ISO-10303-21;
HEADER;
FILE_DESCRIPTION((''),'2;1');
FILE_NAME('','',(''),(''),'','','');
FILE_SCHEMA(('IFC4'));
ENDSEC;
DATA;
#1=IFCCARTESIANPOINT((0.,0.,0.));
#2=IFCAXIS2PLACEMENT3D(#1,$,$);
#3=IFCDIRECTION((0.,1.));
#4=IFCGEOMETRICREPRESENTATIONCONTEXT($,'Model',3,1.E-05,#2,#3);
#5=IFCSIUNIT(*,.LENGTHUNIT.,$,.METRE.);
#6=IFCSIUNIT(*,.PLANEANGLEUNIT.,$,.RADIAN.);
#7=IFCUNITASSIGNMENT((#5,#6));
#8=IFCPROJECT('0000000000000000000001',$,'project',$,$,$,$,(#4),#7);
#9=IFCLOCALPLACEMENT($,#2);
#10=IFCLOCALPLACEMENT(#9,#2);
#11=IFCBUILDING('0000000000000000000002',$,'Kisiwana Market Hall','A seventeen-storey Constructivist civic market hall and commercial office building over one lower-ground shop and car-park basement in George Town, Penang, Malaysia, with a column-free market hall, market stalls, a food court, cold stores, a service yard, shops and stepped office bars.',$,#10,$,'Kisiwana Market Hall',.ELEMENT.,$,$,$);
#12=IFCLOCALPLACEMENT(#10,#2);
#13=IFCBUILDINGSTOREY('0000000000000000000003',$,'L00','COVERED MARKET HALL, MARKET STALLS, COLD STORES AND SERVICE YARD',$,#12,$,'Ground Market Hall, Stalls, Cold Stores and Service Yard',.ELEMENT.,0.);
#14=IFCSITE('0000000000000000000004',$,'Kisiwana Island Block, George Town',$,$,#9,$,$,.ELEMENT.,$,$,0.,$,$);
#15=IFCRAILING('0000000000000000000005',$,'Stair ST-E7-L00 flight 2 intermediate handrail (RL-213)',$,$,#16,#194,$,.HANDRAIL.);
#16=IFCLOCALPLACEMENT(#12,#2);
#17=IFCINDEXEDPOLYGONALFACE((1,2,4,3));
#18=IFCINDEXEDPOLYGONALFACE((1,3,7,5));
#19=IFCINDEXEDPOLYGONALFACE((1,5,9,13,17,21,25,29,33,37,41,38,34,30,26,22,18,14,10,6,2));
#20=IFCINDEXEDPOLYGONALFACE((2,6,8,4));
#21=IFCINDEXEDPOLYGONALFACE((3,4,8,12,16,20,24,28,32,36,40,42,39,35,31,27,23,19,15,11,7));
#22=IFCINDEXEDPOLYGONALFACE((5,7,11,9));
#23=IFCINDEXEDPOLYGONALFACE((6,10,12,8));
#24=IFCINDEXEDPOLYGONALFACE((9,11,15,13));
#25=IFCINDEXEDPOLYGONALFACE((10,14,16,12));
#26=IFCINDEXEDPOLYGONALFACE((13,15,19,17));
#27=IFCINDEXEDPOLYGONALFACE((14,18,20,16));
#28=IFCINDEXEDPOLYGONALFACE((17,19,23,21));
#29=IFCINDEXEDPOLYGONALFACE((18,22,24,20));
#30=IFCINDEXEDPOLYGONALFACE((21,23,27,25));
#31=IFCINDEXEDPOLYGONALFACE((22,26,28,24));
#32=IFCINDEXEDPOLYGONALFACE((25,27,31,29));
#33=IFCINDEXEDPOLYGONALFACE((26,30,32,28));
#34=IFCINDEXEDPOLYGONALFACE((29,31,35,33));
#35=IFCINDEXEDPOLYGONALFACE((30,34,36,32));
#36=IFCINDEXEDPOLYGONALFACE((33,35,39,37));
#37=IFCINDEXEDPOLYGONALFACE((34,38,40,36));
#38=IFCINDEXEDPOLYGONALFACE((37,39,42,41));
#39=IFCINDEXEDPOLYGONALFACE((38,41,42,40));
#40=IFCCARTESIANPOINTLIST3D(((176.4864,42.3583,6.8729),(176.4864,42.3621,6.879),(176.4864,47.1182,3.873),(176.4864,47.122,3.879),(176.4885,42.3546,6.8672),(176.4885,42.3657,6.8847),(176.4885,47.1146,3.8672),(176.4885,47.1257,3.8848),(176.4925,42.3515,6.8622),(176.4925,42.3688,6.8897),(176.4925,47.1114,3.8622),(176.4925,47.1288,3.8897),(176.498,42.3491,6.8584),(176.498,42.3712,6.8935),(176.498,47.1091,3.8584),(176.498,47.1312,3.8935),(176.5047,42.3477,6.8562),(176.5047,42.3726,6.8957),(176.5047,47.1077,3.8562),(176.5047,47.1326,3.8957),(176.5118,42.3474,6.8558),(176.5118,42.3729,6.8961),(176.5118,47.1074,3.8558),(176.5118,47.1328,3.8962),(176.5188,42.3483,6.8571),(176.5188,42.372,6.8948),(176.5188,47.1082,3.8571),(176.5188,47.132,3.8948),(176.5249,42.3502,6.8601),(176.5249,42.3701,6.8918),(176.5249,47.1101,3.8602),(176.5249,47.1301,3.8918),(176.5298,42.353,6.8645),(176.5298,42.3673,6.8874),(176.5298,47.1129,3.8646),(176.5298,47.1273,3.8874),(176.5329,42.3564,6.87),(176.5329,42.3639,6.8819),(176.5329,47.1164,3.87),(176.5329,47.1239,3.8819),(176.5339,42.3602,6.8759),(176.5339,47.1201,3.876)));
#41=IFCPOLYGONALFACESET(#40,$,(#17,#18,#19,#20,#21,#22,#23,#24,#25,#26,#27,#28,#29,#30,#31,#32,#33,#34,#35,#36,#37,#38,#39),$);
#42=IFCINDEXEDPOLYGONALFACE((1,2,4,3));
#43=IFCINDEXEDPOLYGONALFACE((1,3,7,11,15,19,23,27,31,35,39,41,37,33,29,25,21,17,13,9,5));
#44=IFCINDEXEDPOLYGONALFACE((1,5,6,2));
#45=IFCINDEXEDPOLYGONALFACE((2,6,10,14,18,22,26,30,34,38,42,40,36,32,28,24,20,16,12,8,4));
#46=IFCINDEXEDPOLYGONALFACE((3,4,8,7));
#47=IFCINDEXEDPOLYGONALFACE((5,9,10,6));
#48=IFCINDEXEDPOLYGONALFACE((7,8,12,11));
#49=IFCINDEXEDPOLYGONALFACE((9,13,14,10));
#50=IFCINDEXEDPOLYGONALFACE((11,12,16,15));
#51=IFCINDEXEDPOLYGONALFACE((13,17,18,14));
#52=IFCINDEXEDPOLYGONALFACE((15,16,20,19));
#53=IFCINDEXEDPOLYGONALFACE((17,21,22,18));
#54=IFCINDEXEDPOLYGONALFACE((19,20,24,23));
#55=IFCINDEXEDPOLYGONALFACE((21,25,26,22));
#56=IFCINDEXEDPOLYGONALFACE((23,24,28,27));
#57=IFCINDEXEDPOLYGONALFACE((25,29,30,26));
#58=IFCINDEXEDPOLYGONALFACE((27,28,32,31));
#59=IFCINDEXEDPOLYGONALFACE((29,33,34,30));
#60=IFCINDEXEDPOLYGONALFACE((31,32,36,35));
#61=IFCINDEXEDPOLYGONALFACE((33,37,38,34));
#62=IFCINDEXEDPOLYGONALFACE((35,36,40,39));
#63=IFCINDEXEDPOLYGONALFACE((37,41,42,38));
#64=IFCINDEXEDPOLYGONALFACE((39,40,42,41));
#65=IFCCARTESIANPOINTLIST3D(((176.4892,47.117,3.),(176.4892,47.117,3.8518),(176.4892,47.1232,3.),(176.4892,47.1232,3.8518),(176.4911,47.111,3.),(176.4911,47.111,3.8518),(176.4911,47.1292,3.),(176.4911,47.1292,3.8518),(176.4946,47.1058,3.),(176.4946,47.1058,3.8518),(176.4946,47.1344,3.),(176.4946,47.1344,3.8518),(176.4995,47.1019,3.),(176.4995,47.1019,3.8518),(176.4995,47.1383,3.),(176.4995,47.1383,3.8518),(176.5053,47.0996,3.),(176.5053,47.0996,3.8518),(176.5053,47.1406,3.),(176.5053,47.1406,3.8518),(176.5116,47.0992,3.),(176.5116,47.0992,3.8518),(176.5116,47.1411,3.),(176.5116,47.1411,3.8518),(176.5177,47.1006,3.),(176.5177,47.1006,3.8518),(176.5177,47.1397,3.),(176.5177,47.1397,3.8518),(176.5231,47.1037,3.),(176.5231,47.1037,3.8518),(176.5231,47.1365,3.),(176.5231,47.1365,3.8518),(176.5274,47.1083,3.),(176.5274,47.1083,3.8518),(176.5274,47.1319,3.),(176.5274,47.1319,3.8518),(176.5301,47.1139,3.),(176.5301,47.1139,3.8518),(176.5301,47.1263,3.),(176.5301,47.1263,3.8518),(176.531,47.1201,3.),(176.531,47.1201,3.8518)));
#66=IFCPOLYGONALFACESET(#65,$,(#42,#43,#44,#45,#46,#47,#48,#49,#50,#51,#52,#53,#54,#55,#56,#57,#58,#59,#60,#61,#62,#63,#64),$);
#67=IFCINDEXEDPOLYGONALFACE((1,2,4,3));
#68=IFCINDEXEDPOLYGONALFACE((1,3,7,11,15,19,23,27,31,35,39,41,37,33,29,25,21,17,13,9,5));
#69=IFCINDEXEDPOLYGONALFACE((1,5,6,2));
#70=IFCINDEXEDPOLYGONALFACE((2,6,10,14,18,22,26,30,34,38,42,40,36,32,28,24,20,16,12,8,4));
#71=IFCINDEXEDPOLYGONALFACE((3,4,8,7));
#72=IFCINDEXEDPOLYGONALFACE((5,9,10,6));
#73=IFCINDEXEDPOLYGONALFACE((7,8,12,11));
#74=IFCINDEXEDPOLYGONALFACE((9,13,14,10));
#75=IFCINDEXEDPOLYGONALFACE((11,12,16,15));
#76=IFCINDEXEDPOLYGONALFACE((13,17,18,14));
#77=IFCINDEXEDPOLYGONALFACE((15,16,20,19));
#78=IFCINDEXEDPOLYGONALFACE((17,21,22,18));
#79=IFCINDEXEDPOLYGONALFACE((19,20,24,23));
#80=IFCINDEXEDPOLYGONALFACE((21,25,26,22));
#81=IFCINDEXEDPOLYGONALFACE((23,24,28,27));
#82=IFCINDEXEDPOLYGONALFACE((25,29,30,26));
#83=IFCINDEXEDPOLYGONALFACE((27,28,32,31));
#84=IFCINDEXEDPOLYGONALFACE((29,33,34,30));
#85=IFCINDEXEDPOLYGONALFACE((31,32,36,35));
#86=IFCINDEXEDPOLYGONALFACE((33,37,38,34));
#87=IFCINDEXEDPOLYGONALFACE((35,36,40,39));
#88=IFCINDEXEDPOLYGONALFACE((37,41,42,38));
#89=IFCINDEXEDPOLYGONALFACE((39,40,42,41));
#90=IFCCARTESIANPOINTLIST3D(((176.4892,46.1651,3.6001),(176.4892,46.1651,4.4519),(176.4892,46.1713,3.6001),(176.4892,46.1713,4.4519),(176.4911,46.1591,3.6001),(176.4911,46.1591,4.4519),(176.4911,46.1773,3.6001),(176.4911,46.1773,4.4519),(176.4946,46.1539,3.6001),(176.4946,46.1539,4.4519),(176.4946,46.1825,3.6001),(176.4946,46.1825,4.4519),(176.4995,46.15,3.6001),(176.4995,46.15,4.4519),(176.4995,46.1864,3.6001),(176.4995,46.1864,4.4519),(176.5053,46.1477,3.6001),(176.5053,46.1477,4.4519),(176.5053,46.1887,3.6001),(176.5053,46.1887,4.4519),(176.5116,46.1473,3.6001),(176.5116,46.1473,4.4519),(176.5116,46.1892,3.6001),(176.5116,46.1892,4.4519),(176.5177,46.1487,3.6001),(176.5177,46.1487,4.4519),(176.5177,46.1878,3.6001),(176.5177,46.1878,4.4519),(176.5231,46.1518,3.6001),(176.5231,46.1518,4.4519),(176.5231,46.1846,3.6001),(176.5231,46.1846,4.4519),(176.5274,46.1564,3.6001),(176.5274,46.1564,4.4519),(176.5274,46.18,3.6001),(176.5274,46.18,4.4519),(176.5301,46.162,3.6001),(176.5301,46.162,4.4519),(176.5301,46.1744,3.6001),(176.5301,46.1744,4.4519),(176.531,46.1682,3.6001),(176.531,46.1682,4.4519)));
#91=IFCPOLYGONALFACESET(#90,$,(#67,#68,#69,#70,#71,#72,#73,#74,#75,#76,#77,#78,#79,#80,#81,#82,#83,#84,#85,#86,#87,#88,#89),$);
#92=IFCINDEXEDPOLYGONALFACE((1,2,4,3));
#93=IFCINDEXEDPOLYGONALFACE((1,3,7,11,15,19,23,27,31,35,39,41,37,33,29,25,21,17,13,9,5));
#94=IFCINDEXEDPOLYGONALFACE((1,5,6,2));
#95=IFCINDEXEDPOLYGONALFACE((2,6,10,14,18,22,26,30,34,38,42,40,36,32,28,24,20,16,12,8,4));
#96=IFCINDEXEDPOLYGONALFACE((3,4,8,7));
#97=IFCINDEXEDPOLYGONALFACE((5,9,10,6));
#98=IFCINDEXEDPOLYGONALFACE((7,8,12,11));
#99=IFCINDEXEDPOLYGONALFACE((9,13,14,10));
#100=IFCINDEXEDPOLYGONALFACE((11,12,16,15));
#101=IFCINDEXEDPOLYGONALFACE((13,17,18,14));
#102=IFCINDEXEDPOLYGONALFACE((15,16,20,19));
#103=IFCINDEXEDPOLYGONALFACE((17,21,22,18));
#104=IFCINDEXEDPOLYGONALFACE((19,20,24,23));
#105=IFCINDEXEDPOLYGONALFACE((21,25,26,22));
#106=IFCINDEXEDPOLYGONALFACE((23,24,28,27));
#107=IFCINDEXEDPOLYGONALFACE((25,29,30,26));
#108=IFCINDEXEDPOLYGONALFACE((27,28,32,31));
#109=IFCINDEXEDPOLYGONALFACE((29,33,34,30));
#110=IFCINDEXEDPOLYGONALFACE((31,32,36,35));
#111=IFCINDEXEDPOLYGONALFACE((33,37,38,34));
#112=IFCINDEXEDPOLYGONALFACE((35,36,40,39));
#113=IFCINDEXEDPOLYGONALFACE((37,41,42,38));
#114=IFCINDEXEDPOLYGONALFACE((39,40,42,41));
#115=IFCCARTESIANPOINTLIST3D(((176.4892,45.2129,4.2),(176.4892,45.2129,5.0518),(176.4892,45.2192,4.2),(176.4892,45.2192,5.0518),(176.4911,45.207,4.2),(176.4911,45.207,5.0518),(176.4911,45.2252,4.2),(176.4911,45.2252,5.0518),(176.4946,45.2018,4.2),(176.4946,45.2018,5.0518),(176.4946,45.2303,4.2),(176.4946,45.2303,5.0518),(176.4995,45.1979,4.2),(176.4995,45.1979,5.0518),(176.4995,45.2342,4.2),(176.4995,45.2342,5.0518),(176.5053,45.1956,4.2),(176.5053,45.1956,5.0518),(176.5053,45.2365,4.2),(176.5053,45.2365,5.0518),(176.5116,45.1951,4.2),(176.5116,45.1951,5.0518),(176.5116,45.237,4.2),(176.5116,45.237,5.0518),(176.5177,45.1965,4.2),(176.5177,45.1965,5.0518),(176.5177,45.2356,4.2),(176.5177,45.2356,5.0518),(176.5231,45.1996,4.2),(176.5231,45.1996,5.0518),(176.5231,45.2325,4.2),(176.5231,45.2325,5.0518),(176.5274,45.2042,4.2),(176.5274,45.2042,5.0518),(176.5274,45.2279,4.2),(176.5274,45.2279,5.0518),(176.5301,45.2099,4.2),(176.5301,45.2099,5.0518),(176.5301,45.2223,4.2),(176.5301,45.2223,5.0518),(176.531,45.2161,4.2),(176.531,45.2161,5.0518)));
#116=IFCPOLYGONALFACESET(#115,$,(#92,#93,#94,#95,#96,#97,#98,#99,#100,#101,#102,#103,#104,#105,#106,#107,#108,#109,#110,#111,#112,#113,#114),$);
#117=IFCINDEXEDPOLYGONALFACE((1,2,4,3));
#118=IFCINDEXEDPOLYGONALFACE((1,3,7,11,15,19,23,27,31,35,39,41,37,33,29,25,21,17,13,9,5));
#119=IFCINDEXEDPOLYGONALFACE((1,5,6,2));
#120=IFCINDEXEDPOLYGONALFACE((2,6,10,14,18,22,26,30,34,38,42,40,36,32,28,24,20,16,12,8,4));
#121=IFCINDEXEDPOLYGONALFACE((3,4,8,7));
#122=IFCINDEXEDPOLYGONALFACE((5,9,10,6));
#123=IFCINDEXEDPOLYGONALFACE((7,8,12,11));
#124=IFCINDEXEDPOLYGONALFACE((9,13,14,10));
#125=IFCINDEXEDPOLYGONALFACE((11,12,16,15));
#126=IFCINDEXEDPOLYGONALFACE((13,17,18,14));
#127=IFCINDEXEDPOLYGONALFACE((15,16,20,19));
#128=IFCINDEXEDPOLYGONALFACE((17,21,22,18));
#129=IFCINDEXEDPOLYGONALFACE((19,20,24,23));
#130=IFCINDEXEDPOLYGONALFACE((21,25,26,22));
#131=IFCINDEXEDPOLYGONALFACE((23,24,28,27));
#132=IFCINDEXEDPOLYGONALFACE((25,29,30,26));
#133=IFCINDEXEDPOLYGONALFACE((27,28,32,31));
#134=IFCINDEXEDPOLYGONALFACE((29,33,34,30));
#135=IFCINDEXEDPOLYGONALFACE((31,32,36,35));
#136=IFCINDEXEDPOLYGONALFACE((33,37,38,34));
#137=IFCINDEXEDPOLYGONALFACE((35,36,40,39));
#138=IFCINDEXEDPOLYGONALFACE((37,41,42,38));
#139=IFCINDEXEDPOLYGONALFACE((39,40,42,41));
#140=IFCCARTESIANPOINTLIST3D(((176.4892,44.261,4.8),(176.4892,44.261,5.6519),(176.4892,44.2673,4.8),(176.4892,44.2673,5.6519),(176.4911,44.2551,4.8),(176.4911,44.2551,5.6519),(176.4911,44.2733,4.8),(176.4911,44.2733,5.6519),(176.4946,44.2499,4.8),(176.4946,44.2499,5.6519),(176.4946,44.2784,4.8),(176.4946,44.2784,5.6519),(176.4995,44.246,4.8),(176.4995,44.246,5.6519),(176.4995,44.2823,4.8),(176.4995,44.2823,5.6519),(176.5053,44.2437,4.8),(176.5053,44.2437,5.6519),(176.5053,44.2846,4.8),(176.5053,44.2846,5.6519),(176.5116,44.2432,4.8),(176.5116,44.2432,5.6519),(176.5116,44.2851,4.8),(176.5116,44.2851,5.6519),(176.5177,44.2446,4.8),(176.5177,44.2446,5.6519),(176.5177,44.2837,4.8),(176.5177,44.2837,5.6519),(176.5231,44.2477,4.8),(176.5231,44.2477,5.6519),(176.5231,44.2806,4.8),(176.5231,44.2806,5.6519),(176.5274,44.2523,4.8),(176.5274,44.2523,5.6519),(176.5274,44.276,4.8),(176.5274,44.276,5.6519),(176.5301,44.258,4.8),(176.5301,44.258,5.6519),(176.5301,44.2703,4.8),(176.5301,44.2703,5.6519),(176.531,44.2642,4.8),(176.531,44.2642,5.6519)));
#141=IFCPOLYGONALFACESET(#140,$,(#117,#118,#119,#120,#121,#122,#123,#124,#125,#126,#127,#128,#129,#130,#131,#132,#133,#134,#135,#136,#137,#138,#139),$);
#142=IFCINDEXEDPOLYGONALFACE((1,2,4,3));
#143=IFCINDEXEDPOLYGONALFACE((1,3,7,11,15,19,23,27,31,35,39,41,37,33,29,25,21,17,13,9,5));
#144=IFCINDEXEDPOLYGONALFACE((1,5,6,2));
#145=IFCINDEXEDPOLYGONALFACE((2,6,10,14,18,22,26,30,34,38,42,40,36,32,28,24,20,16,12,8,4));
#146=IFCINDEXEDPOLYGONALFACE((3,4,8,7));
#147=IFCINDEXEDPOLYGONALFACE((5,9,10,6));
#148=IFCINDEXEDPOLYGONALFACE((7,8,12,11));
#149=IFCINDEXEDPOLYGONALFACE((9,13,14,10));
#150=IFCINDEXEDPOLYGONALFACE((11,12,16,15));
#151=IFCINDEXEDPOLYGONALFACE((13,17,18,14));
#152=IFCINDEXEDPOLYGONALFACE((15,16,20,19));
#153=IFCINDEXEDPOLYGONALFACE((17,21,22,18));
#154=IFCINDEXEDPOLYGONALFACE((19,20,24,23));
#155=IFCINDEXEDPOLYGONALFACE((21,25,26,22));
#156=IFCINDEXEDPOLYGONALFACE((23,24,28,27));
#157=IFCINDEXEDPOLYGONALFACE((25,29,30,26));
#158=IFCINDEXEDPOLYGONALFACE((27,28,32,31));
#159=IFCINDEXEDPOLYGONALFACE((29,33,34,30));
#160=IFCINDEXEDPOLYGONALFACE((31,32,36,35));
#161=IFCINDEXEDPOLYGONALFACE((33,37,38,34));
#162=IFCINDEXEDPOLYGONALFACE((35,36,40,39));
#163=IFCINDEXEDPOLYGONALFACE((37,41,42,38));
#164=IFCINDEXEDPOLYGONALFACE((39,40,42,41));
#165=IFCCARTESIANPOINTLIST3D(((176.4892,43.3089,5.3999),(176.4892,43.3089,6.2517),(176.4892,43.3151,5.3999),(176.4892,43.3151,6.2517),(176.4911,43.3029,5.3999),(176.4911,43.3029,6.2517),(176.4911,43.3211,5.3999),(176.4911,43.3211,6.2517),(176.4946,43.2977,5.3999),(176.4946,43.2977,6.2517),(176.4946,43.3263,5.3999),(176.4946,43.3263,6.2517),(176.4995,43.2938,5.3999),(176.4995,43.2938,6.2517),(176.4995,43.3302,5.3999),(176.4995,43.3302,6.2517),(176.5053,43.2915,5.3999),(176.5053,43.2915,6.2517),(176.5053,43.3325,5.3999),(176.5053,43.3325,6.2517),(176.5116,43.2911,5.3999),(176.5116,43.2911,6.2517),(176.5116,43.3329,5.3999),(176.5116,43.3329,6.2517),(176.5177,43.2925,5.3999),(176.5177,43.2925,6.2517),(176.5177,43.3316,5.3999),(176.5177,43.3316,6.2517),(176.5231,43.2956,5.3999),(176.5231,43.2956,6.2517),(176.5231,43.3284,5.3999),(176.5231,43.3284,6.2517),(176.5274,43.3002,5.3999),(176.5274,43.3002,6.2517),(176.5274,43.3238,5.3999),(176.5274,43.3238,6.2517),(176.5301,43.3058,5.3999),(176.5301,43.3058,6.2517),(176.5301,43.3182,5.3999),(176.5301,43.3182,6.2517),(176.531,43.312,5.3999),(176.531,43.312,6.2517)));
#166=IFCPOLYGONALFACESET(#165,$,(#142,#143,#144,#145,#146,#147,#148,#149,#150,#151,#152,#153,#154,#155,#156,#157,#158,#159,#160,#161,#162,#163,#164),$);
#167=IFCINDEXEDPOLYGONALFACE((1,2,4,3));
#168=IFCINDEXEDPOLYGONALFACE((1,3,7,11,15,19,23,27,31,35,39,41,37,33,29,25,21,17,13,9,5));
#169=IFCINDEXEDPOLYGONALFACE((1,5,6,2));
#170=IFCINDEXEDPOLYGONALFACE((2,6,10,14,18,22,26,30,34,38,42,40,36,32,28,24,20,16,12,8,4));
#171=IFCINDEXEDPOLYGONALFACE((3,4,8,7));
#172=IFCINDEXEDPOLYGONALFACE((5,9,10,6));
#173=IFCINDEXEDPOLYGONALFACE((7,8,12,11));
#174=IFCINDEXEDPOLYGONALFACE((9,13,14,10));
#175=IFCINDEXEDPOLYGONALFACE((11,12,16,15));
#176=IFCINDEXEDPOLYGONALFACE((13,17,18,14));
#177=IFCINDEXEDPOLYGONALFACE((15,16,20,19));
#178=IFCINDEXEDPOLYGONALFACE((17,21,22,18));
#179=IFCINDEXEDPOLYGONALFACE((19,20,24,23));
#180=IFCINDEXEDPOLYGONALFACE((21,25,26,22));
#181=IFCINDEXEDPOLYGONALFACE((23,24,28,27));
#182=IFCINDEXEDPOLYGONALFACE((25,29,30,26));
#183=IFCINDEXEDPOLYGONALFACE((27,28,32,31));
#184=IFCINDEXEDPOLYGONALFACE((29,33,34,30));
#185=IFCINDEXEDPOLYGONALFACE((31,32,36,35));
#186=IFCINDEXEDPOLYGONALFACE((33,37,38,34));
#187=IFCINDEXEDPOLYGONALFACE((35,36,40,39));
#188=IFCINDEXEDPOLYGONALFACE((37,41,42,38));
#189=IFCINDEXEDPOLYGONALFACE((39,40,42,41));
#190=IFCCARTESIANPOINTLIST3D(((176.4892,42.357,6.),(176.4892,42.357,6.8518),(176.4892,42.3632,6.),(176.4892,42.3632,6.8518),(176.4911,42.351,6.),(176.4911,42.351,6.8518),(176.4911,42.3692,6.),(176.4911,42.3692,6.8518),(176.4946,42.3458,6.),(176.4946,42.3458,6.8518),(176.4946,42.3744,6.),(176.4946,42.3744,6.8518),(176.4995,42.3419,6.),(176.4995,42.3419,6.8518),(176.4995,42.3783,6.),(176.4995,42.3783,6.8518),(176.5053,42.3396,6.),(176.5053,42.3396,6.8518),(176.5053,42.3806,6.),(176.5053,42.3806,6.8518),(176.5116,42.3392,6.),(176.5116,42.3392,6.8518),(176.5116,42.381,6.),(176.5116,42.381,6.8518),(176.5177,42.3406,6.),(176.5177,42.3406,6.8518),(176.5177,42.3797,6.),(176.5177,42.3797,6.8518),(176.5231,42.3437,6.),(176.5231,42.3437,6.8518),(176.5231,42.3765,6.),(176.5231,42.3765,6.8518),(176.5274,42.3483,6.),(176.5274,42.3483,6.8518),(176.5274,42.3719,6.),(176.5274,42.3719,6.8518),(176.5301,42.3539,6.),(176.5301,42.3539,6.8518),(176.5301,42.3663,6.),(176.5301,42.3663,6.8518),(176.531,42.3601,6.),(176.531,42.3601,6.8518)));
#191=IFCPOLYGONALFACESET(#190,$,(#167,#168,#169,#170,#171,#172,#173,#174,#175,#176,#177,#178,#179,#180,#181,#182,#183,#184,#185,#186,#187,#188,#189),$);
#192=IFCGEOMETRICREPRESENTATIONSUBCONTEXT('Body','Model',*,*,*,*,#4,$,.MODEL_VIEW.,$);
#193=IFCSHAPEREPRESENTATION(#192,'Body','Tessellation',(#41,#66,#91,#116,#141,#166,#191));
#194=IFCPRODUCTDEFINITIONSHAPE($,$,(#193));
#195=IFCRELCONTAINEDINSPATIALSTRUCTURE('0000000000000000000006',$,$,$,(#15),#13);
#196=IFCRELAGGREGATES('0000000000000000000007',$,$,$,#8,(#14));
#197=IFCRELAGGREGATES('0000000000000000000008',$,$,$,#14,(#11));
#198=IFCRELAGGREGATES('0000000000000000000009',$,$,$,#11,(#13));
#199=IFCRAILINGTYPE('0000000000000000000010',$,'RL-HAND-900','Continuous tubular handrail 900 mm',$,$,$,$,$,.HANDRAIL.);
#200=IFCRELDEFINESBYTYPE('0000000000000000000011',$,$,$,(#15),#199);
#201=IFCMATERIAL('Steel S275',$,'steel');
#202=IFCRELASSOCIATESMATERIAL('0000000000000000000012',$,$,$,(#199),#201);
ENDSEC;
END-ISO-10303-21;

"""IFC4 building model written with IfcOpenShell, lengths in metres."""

from ifc_helpers import new_model, si_unit, direction, frame, origin, origin_2d, place, context, subcontext, project, spatial, circle, extrude, material, type_object, element, save


model = new_model("IFC4")

# Units and contexts
model_context = context("Model", 3, precision=1e-05, world=origin(), true_north=direction((0.0, 1.0)))
body_context = subcontext(model_context, "Body", "Model", "MODEL_VIEW")
ifc_project = project(units=[si_unit("LENGTHUNIT", "METRE"), si_unit("PLANEANGLEUNIT", "RADIAN")], contexts=[model_context])

# Site, building, storey
site_placement = place(None, origin())
site = spatial("IfcSite", under=ifc_project, at=site_placement, Name="Kisiwana Island Block, George Town", CompositionType="ELEMENT", RefElevation=0.0)
building_placement = place(site_placement, origin())
building = spatial("IfcBuilding", under=site, at=building_placement, Name="Kisiwana Market Hall", Description="A seventeen-storey Constructivist civic market hall and commercial office building over one lower-ground shop and car-park basement in George Town, Penang, Malaysia, with a column-free market hall, market stalls, a food court, cold stores, a service yard, shops and stepped office bars.", LongName="Kisiwana Market Hall", CompositionType="ELEMENT")
storey_placement = place(building_placement, origin())
storey = spatial("IfcBuildingStorey", under=building, at=storey_placement, Name="L00", Description="COVERED MARKET HALL, MARKET STALLS, COLD STORES AND SERVICE YARD", LongName="Ground Market Hall, Stalls, Cold Stores and Service Yard", CompositionType="ELEMENT", Elevation=0.0)

# Railing
ifc_material_1 = material(Name="Steel S275", Category="steel")
railing_type_1 = type_object("IfcRailingType", Name="RL-HAND-900", Description="Continuous tubular handrail 900 mm", PredefinedType="HANDRAIL", material=ifc_material_1)
for number, where, name in (
    (1, (176.51, 47.1201, 3.0), "Stair ST-E7-L00 flight 2 intermediate handrail (RL-213)"),
):
    element("IfcRailing", number, at=place(storey_placement, frame(where)), inside=storey, type_object=railing_type_1, Name=name, PredefinedType="HANDRAIL", context=body_context, shape_type="SweptSolid", body=[
        extrude(circle(Radius=0.0239, at=origin_2d()), frame((0.0, 0.0, 0.876), z_axis=(0.0, -0.845996, 0.53319), x_axis=(1.0, 0.0, 0.0)), (0.0, 0.0, 1.0), 5.6265),
        extrude(circle(Radius=0.021, at=origin_2d()), origin(), (0.0, 0.0, 1.0), 0.8518),
        extrude(circle(Radius=0.021, at=origin_2d()), frame((0.0, -0.9519, 0.6001)), (0.0, 0.0, 1.0), 0.8518),
        extrude(circle(Radius=0.021, at=origin_2d()), frame((0.0, -1.9041, 1.2)), (0.0, 0.0, 1.0), 0.8518),
        extrude(circle(Radius=0.021, at=origin_2d()), frame((0.0, -2.856, 1.8)), (0.0, 0.0, 1.0), 0.8518),
        extrude(circle(Radius=0.021, at=origin_2d()), frame((0.0, -3.8081, 2.3999)), (0.0, 0.0, 1.0), 0.8518),
        extrude(circle(Radius=0.021, at=origin_2d()), frame((0.0, -4.76, 3.0)), (0.0, 0.0, 1.0), 0.8518),
    ])

save(model, "model.ifc")
